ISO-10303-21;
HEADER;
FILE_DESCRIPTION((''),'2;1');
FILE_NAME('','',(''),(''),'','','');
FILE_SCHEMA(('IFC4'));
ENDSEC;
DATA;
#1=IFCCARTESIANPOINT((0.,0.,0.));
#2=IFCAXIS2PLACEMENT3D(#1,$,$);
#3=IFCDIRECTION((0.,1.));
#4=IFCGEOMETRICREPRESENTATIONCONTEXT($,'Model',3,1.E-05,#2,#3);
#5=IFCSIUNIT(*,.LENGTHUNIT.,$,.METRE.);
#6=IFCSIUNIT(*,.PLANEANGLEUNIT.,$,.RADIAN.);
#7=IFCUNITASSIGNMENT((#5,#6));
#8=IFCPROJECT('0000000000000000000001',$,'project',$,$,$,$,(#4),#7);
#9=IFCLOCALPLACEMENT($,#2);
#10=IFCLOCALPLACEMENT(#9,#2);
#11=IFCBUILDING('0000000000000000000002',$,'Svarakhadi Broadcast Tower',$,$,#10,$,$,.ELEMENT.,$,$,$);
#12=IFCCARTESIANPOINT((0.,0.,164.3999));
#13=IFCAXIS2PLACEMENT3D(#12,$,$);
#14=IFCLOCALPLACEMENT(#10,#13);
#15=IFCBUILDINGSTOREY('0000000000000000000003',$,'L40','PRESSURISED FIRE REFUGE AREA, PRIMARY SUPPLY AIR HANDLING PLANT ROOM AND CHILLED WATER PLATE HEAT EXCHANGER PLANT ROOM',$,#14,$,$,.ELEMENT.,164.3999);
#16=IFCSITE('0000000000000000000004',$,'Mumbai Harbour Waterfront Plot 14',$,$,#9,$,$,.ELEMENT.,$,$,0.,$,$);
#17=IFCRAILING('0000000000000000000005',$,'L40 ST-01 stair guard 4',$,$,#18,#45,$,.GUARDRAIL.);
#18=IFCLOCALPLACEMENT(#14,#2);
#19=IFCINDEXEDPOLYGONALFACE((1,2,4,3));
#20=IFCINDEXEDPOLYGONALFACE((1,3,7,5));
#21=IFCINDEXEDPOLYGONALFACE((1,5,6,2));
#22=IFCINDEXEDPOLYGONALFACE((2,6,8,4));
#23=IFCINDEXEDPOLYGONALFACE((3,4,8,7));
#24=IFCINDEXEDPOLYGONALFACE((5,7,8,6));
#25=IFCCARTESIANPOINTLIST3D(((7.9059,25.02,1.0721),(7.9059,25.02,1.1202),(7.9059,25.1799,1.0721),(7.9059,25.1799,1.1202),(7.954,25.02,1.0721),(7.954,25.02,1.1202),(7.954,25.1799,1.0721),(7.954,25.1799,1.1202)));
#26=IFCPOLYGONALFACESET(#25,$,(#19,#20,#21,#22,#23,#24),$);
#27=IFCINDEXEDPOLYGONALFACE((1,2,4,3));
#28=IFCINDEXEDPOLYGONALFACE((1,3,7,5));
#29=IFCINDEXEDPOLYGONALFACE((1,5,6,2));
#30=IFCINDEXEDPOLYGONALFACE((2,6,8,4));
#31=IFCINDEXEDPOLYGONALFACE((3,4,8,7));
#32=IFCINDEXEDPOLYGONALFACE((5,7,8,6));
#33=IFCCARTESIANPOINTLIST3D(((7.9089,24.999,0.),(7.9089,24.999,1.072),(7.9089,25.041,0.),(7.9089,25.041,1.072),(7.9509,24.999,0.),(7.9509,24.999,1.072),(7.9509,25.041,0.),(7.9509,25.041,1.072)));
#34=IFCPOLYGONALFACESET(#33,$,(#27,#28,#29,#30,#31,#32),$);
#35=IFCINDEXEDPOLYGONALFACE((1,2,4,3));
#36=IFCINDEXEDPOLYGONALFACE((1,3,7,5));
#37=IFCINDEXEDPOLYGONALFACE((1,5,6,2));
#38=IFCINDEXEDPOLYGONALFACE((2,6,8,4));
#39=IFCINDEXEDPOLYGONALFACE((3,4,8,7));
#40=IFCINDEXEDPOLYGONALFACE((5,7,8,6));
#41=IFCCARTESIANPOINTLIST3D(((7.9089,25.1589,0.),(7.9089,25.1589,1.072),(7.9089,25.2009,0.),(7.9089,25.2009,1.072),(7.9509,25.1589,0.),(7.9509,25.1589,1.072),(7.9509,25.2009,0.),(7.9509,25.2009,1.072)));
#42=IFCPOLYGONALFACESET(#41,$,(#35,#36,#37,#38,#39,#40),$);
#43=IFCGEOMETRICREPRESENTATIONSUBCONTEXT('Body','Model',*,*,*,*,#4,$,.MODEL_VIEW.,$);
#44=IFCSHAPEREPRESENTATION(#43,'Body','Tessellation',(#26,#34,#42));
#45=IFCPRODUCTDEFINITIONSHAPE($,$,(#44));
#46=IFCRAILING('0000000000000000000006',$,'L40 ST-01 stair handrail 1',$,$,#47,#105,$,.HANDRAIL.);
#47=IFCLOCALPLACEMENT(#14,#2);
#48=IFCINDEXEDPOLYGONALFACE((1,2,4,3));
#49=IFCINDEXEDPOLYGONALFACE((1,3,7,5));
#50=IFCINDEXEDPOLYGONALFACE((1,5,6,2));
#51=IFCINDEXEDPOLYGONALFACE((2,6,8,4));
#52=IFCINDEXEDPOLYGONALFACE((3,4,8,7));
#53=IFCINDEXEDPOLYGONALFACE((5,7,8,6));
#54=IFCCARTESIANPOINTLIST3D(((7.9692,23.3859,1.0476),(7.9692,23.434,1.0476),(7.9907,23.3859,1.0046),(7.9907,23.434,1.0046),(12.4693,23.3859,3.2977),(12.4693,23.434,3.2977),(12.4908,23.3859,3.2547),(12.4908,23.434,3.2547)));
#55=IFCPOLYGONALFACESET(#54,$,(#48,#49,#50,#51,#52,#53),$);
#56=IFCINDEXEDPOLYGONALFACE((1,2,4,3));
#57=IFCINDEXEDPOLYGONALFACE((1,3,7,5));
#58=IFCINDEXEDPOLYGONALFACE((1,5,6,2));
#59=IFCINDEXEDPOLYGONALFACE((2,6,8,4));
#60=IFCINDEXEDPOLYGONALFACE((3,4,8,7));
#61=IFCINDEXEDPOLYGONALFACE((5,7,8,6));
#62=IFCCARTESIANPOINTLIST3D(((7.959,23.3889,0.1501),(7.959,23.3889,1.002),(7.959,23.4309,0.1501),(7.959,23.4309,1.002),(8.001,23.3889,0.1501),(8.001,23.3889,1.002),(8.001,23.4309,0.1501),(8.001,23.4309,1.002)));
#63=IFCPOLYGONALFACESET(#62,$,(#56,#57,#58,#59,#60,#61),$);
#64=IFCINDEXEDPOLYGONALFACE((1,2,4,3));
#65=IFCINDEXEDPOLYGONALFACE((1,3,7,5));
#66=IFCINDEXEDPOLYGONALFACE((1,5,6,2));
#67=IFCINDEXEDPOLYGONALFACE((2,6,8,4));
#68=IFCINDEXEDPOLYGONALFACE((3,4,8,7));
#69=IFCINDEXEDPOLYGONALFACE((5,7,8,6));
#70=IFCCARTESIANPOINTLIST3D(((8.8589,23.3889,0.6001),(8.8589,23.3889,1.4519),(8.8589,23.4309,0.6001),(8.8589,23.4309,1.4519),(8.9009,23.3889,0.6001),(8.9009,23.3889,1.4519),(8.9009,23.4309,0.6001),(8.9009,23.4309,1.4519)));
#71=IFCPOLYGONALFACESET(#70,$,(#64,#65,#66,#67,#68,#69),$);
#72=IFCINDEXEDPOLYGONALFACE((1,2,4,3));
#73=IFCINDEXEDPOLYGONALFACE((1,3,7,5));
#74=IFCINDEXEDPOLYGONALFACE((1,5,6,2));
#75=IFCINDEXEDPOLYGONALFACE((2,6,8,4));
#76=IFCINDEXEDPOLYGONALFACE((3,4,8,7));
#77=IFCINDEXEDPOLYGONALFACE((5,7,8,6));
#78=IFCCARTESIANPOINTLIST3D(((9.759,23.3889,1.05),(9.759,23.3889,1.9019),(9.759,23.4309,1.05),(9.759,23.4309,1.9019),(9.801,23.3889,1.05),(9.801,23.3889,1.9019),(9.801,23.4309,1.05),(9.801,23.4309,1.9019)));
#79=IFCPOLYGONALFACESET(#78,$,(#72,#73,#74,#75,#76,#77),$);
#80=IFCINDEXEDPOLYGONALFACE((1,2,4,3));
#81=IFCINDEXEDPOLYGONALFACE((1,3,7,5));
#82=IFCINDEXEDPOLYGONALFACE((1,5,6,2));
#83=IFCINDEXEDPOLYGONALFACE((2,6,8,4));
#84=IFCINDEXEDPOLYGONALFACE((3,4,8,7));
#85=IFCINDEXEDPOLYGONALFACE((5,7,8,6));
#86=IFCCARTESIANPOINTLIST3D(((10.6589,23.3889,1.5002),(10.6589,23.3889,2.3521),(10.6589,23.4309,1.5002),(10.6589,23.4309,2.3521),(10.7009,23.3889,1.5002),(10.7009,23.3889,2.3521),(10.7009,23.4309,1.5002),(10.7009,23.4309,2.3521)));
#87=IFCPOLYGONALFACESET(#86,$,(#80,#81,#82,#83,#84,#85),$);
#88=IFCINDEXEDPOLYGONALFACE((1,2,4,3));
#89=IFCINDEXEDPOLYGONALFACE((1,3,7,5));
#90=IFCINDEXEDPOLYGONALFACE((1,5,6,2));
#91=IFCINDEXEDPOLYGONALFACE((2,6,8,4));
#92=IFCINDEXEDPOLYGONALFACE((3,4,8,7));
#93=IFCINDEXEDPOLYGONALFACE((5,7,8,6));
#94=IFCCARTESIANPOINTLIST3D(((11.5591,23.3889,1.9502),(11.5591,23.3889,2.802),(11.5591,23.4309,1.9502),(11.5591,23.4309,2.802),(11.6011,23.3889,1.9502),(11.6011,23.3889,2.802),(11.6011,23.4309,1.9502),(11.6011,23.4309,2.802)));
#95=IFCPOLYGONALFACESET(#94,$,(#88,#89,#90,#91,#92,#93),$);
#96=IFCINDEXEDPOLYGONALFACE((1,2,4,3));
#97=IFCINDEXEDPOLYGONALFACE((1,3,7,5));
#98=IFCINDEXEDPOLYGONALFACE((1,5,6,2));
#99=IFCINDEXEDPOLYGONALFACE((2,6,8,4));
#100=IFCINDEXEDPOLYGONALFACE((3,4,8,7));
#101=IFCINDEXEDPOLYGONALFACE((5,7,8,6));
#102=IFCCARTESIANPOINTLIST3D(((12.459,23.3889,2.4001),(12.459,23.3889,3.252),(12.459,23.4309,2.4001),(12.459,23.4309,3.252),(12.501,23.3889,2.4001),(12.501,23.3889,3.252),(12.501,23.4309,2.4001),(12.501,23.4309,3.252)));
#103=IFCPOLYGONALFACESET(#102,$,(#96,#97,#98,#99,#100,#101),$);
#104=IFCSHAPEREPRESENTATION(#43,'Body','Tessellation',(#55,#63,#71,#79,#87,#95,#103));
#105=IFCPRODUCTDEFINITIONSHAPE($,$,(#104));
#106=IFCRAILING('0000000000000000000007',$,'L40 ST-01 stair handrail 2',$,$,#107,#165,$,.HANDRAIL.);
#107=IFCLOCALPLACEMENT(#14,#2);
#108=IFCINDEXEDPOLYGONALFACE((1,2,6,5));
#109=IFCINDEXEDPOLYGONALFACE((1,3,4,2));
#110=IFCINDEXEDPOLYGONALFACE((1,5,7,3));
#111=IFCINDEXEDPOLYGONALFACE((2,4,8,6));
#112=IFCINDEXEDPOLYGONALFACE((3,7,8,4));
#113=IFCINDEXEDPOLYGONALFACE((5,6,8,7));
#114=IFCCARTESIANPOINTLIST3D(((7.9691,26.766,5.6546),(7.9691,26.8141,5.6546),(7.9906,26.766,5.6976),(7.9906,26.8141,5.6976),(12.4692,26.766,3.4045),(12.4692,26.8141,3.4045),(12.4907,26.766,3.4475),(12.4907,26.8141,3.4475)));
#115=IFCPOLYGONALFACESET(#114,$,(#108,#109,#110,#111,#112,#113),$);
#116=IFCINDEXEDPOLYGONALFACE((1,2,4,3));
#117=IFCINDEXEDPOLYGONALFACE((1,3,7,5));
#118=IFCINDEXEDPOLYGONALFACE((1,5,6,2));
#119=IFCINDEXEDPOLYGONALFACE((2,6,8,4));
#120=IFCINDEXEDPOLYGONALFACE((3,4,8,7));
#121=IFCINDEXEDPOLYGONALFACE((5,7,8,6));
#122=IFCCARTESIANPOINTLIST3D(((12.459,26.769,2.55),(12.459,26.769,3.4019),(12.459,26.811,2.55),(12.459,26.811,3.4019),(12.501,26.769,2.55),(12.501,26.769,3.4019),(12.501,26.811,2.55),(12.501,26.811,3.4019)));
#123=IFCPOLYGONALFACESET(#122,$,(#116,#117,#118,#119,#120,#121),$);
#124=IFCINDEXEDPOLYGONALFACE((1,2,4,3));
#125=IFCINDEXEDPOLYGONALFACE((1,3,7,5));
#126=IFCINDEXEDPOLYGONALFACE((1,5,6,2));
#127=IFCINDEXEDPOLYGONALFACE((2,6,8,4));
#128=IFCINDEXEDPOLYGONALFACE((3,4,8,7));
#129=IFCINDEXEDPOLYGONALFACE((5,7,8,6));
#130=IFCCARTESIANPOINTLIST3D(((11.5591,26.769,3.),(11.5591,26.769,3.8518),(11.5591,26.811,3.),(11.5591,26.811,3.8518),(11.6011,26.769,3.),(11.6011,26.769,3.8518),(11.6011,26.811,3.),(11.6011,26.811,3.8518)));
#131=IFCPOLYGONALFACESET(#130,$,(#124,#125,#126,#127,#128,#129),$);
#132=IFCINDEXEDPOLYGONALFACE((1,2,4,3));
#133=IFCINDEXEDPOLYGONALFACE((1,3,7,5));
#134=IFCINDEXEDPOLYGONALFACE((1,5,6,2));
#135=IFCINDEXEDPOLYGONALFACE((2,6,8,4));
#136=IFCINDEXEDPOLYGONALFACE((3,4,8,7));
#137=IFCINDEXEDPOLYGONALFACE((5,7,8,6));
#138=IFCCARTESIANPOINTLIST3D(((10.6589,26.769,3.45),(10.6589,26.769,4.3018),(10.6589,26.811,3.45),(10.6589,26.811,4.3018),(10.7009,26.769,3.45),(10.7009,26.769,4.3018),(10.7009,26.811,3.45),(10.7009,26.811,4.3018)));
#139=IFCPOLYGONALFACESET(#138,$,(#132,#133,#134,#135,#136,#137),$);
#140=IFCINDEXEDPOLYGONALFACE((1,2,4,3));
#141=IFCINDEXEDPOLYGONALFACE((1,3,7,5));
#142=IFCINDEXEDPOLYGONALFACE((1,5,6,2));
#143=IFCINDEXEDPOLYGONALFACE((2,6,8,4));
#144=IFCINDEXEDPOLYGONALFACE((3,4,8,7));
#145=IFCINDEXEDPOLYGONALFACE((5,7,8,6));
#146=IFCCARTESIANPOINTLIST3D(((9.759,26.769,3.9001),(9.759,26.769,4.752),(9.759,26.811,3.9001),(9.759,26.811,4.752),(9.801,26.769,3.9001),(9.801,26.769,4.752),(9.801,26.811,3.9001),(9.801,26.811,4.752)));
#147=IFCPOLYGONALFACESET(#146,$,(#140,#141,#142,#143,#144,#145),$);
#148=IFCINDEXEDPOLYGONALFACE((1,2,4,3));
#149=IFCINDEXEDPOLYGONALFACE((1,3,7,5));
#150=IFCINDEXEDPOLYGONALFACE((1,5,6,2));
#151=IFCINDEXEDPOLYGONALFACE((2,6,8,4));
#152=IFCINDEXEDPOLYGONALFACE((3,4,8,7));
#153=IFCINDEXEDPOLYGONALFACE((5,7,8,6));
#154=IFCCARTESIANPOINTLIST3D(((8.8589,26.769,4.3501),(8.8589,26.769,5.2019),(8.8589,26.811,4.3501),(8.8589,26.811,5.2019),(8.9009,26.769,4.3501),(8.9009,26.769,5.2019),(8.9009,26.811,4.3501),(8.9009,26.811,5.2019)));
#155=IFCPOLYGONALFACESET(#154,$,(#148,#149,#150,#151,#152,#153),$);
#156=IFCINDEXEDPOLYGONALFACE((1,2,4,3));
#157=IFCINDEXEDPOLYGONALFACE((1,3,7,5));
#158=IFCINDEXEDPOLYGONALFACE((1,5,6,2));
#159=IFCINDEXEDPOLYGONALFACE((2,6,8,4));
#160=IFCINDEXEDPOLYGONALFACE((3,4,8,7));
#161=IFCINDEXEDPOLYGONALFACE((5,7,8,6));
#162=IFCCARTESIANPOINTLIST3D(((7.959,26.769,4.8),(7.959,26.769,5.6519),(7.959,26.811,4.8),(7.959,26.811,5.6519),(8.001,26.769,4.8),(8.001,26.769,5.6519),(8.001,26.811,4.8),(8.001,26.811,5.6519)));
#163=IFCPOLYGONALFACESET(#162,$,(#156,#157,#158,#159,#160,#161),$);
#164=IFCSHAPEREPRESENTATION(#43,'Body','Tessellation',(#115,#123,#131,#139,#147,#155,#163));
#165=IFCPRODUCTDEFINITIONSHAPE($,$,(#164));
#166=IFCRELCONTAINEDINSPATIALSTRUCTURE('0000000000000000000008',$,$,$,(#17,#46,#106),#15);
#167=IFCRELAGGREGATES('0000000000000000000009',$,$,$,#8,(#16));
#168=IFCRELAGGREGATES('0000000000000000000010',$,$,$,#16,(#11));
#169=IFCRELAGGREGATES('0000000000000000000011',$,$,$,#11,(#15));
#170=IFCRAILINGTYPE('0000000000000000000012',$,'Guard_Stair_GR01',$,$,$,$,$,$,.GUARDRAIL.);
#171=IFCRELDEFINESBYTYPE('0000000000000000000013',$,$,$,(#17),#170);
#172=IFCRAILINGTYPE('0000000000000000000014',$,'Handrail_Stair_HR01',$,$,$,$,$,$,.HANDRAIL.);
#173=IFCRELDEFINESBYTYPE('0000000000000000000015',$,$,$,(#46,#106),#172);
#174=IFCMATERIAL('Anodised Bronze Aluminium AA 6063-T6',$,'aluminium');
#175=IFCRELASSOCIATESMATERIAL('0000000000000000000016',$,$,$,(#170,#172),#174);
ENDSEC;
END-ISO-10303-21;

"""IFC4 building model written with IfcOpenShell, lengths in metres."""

from ifc_helpers import new_model, si_unit, direction, frame, origin, origin_2d, place, context, subcontext, project, spatial, rectangle, extrude, material, type_object, element, save


model = new_model("IFC4")

# Units and contexts
model_context = context("Model", 3, precision=1e-05, world=origin(), true_north=direction((0.0, 1.0)))
body_context = subcontext(model_context, "Body", "Model", "MODEL_VIEW")
ifc_project = project(units=[si_unit("LENGTHUNIT", "METRE"), si_unit("PLANEANGLEUNIT", "RADIAN")], contexts=[model_context])

# Site, building, storey
site_placement = place(None, origin())
site = spatial("IfcSite", under=ifc_project, at=site_placement, Name="Mumbai Harbour Waterfront Plot 14", CompositionType="ELEMENT", RefElevation=0.0)
building_placement = place(site_placement, origin())
building = spatial("IfcBuilding", under=site, at=building_placement, Name="Svarakhadi Broadcast Tower", CompositionType="ELEMENT")
storey_placement = place(building_placement, frame((0.0, 0.0, 164.3999)))
storey = spatial("IfcBuildingStorey", under=building, at=storey_placement, Name="L40", Description="PRESSURISED FIRE REFUGE AREA, PRIMARY SUPPLY AIR HANDLING PLANT ROOM AND CHILLED WATER PLATE HEAT EXCHANGER PLANT ROOM", CompositionType="ELEMENT", Elevation=164.3999)

# Railings
ifc_material_1 = material(Name="Anodised Bronze Aluminium AA 6063-T6", Category="aluminium")
railing_type_1 = type_object("IfcRailingType", Name="Guard_Stair_GR01", PredefinedType="GUARDRAIL", material=ifc_material_1)
railing_1_placement = place(storey_placement, frame((7.9299, 25.02, 0.0)))
element("IfcRailing", 1, at=railing_1_placement, inside=storey, type_object=railing_type_1, Name="L40 ST-01 stair guard 4", PredefinedType="GUARDRAIL", context=body_context, shape_type="SweptSolid", body=[
    extrude(rectangle(XDim=0.0481, YDim=0.0481, at=origin_2d()), frame((0.0, 0.0, 1.0962), z_axis=(0.0, 1.0, 0.0), x_axis=(-1.0, 0.0, 0.0)), (0.0, 0.0, 1.0), 0.1599),
    extrude(rectangle(XDim=0.042, YDim=0.042, at=origin_2d()), origin(), (0.0, 0.0, 1.0), 1.072),
    extrude(rectangle(XDim=0.042, YDim=0.042, at=origin_2d()), frame((0.0, 0.1599, 0.0)), (0.0, 0.0, 1.0), 1.072),
])
railing_type_2 = type_object("IfcRailingType", Name="Handrail_Stair_HR01", PredefinedType="HANDRAIL", material=ifc_material_1)
railing_2_placement = place(storey_placement, frame((7.98, 23.4099, 0.1501)))
element("IfcRailing", 2, at=railing_2_placement, inside=storey, type_object=railing_type_2, Name="L40 ST-01 stair handrail 1", PredefinedType="HANDRAIL", context=body_context, shape_type="SweptSolid", body=[
    extrude(rectangle(XDim=0.0481, YDim=0.0481, at=origin_2d()), frame((0.0, 0.0, 0.876), z_axis=(0.894427, 0.0, 0.447214), x_axis=(0.0, 1.0, 0.0)), (0.0, 0.0, 1.0), 5.0312),
    extrude(rectangle(XDim=0.042, YDim=0.042, at=origin_2d()), origin(), (0.0, 0.0, 1.0), 0.8518),
    extrude(rectangle(XDim=0.042, YDim=0.042, at=origin_2d()), frame((0.8999, 0.0, 0.45)), (0.0, 0.0, 1.0), 0.8518),
    extrude(rectangle(XDim=0.042, YDim=0.042, at=origin_2d()), frame((1.8, 0.0, 0.8999)), (0.0, 0.0, 1.0), 0.8518),
    extrude(rectangle(XDim=0.042, YDim=0.042, at=origin_2d()), frame((2.7, 0.0, 1.3501)), (0.0, 0.0, 1.0), 0.8518),
    extrude(rectangle(XDim=0.042, YDim=0.042, at=origin_2d()), frame((3.6001, 0.0, 1.8)), (0.0, 0.0, 1.0), 0.8518),
    extrude(rectangle(XDim=0.042, YDim=0.042, at=origin_2d()), frame((4.5, 0.0, 2.25)), (0.0, 0.0, 1.0), 0.8518),
])
railing_3_placement = place(storey_placement, frame((12.48, 26.79, 2.55)))
element("IfcRailing", 3, at=railing_3_placement, inside=storey, type_object=railing_type_2, Name="L40 ST-01 stair handrail 2", PredefinedType="HANDRAIL", context=body_context, shape_type="SweptSolid", body=[
    extrude(rectangle(XDim=0.0481, YDim=0.0481, at=origin_2d()), frame((0.0, 0.0, 0.876), z_axis=(-0.894427, 0.0, 0.447214), x_axis=(0.0, -1.0, 0.0)), (0.0, 0.0, 1.0), 5.0312),
    extrude(rectangle(XDim=0.042, YDim=0.042, at=origin_2d()), origin(), (0.0, 0.0, 1.0), 0.8518),
    extrude(rectangle(XDim=0.042, YDim=0.042, at=origin_2d()), frame((-0.8999, 0.0, 0.45)), (0.0, 0.0, 1.0), 0.8518),
    extrude(rectangle(XDim=0.042, YDim=0.042, at=origin_2d()), frame((-1.8, 0.0, 0.8999)), (0.0, 0.0, 1.0), 0.8518),
    extrude(rectangle(XDim=0.042, YDim=0.042, at=origin_2d()), frame((-2.7, 0.0, 1.3501)), (0.0, 0.0, 1.0), 0.8518),
    extrude(rectangle(XDim=0.042, YDim=0.042, at=origin_2d()), frame((-3.6001, 0.0, 1.8)), (0.0, 0.0, 1.0), 0.8518),
    extrude(rectangle(XDim=0.042, YDim=0.042, at=origin_2d()), frame((-4.5, 0.0, 2.25)), (0.0, 0.0, 1.0), 0.8518),
])

save(model, "model.ifc")
